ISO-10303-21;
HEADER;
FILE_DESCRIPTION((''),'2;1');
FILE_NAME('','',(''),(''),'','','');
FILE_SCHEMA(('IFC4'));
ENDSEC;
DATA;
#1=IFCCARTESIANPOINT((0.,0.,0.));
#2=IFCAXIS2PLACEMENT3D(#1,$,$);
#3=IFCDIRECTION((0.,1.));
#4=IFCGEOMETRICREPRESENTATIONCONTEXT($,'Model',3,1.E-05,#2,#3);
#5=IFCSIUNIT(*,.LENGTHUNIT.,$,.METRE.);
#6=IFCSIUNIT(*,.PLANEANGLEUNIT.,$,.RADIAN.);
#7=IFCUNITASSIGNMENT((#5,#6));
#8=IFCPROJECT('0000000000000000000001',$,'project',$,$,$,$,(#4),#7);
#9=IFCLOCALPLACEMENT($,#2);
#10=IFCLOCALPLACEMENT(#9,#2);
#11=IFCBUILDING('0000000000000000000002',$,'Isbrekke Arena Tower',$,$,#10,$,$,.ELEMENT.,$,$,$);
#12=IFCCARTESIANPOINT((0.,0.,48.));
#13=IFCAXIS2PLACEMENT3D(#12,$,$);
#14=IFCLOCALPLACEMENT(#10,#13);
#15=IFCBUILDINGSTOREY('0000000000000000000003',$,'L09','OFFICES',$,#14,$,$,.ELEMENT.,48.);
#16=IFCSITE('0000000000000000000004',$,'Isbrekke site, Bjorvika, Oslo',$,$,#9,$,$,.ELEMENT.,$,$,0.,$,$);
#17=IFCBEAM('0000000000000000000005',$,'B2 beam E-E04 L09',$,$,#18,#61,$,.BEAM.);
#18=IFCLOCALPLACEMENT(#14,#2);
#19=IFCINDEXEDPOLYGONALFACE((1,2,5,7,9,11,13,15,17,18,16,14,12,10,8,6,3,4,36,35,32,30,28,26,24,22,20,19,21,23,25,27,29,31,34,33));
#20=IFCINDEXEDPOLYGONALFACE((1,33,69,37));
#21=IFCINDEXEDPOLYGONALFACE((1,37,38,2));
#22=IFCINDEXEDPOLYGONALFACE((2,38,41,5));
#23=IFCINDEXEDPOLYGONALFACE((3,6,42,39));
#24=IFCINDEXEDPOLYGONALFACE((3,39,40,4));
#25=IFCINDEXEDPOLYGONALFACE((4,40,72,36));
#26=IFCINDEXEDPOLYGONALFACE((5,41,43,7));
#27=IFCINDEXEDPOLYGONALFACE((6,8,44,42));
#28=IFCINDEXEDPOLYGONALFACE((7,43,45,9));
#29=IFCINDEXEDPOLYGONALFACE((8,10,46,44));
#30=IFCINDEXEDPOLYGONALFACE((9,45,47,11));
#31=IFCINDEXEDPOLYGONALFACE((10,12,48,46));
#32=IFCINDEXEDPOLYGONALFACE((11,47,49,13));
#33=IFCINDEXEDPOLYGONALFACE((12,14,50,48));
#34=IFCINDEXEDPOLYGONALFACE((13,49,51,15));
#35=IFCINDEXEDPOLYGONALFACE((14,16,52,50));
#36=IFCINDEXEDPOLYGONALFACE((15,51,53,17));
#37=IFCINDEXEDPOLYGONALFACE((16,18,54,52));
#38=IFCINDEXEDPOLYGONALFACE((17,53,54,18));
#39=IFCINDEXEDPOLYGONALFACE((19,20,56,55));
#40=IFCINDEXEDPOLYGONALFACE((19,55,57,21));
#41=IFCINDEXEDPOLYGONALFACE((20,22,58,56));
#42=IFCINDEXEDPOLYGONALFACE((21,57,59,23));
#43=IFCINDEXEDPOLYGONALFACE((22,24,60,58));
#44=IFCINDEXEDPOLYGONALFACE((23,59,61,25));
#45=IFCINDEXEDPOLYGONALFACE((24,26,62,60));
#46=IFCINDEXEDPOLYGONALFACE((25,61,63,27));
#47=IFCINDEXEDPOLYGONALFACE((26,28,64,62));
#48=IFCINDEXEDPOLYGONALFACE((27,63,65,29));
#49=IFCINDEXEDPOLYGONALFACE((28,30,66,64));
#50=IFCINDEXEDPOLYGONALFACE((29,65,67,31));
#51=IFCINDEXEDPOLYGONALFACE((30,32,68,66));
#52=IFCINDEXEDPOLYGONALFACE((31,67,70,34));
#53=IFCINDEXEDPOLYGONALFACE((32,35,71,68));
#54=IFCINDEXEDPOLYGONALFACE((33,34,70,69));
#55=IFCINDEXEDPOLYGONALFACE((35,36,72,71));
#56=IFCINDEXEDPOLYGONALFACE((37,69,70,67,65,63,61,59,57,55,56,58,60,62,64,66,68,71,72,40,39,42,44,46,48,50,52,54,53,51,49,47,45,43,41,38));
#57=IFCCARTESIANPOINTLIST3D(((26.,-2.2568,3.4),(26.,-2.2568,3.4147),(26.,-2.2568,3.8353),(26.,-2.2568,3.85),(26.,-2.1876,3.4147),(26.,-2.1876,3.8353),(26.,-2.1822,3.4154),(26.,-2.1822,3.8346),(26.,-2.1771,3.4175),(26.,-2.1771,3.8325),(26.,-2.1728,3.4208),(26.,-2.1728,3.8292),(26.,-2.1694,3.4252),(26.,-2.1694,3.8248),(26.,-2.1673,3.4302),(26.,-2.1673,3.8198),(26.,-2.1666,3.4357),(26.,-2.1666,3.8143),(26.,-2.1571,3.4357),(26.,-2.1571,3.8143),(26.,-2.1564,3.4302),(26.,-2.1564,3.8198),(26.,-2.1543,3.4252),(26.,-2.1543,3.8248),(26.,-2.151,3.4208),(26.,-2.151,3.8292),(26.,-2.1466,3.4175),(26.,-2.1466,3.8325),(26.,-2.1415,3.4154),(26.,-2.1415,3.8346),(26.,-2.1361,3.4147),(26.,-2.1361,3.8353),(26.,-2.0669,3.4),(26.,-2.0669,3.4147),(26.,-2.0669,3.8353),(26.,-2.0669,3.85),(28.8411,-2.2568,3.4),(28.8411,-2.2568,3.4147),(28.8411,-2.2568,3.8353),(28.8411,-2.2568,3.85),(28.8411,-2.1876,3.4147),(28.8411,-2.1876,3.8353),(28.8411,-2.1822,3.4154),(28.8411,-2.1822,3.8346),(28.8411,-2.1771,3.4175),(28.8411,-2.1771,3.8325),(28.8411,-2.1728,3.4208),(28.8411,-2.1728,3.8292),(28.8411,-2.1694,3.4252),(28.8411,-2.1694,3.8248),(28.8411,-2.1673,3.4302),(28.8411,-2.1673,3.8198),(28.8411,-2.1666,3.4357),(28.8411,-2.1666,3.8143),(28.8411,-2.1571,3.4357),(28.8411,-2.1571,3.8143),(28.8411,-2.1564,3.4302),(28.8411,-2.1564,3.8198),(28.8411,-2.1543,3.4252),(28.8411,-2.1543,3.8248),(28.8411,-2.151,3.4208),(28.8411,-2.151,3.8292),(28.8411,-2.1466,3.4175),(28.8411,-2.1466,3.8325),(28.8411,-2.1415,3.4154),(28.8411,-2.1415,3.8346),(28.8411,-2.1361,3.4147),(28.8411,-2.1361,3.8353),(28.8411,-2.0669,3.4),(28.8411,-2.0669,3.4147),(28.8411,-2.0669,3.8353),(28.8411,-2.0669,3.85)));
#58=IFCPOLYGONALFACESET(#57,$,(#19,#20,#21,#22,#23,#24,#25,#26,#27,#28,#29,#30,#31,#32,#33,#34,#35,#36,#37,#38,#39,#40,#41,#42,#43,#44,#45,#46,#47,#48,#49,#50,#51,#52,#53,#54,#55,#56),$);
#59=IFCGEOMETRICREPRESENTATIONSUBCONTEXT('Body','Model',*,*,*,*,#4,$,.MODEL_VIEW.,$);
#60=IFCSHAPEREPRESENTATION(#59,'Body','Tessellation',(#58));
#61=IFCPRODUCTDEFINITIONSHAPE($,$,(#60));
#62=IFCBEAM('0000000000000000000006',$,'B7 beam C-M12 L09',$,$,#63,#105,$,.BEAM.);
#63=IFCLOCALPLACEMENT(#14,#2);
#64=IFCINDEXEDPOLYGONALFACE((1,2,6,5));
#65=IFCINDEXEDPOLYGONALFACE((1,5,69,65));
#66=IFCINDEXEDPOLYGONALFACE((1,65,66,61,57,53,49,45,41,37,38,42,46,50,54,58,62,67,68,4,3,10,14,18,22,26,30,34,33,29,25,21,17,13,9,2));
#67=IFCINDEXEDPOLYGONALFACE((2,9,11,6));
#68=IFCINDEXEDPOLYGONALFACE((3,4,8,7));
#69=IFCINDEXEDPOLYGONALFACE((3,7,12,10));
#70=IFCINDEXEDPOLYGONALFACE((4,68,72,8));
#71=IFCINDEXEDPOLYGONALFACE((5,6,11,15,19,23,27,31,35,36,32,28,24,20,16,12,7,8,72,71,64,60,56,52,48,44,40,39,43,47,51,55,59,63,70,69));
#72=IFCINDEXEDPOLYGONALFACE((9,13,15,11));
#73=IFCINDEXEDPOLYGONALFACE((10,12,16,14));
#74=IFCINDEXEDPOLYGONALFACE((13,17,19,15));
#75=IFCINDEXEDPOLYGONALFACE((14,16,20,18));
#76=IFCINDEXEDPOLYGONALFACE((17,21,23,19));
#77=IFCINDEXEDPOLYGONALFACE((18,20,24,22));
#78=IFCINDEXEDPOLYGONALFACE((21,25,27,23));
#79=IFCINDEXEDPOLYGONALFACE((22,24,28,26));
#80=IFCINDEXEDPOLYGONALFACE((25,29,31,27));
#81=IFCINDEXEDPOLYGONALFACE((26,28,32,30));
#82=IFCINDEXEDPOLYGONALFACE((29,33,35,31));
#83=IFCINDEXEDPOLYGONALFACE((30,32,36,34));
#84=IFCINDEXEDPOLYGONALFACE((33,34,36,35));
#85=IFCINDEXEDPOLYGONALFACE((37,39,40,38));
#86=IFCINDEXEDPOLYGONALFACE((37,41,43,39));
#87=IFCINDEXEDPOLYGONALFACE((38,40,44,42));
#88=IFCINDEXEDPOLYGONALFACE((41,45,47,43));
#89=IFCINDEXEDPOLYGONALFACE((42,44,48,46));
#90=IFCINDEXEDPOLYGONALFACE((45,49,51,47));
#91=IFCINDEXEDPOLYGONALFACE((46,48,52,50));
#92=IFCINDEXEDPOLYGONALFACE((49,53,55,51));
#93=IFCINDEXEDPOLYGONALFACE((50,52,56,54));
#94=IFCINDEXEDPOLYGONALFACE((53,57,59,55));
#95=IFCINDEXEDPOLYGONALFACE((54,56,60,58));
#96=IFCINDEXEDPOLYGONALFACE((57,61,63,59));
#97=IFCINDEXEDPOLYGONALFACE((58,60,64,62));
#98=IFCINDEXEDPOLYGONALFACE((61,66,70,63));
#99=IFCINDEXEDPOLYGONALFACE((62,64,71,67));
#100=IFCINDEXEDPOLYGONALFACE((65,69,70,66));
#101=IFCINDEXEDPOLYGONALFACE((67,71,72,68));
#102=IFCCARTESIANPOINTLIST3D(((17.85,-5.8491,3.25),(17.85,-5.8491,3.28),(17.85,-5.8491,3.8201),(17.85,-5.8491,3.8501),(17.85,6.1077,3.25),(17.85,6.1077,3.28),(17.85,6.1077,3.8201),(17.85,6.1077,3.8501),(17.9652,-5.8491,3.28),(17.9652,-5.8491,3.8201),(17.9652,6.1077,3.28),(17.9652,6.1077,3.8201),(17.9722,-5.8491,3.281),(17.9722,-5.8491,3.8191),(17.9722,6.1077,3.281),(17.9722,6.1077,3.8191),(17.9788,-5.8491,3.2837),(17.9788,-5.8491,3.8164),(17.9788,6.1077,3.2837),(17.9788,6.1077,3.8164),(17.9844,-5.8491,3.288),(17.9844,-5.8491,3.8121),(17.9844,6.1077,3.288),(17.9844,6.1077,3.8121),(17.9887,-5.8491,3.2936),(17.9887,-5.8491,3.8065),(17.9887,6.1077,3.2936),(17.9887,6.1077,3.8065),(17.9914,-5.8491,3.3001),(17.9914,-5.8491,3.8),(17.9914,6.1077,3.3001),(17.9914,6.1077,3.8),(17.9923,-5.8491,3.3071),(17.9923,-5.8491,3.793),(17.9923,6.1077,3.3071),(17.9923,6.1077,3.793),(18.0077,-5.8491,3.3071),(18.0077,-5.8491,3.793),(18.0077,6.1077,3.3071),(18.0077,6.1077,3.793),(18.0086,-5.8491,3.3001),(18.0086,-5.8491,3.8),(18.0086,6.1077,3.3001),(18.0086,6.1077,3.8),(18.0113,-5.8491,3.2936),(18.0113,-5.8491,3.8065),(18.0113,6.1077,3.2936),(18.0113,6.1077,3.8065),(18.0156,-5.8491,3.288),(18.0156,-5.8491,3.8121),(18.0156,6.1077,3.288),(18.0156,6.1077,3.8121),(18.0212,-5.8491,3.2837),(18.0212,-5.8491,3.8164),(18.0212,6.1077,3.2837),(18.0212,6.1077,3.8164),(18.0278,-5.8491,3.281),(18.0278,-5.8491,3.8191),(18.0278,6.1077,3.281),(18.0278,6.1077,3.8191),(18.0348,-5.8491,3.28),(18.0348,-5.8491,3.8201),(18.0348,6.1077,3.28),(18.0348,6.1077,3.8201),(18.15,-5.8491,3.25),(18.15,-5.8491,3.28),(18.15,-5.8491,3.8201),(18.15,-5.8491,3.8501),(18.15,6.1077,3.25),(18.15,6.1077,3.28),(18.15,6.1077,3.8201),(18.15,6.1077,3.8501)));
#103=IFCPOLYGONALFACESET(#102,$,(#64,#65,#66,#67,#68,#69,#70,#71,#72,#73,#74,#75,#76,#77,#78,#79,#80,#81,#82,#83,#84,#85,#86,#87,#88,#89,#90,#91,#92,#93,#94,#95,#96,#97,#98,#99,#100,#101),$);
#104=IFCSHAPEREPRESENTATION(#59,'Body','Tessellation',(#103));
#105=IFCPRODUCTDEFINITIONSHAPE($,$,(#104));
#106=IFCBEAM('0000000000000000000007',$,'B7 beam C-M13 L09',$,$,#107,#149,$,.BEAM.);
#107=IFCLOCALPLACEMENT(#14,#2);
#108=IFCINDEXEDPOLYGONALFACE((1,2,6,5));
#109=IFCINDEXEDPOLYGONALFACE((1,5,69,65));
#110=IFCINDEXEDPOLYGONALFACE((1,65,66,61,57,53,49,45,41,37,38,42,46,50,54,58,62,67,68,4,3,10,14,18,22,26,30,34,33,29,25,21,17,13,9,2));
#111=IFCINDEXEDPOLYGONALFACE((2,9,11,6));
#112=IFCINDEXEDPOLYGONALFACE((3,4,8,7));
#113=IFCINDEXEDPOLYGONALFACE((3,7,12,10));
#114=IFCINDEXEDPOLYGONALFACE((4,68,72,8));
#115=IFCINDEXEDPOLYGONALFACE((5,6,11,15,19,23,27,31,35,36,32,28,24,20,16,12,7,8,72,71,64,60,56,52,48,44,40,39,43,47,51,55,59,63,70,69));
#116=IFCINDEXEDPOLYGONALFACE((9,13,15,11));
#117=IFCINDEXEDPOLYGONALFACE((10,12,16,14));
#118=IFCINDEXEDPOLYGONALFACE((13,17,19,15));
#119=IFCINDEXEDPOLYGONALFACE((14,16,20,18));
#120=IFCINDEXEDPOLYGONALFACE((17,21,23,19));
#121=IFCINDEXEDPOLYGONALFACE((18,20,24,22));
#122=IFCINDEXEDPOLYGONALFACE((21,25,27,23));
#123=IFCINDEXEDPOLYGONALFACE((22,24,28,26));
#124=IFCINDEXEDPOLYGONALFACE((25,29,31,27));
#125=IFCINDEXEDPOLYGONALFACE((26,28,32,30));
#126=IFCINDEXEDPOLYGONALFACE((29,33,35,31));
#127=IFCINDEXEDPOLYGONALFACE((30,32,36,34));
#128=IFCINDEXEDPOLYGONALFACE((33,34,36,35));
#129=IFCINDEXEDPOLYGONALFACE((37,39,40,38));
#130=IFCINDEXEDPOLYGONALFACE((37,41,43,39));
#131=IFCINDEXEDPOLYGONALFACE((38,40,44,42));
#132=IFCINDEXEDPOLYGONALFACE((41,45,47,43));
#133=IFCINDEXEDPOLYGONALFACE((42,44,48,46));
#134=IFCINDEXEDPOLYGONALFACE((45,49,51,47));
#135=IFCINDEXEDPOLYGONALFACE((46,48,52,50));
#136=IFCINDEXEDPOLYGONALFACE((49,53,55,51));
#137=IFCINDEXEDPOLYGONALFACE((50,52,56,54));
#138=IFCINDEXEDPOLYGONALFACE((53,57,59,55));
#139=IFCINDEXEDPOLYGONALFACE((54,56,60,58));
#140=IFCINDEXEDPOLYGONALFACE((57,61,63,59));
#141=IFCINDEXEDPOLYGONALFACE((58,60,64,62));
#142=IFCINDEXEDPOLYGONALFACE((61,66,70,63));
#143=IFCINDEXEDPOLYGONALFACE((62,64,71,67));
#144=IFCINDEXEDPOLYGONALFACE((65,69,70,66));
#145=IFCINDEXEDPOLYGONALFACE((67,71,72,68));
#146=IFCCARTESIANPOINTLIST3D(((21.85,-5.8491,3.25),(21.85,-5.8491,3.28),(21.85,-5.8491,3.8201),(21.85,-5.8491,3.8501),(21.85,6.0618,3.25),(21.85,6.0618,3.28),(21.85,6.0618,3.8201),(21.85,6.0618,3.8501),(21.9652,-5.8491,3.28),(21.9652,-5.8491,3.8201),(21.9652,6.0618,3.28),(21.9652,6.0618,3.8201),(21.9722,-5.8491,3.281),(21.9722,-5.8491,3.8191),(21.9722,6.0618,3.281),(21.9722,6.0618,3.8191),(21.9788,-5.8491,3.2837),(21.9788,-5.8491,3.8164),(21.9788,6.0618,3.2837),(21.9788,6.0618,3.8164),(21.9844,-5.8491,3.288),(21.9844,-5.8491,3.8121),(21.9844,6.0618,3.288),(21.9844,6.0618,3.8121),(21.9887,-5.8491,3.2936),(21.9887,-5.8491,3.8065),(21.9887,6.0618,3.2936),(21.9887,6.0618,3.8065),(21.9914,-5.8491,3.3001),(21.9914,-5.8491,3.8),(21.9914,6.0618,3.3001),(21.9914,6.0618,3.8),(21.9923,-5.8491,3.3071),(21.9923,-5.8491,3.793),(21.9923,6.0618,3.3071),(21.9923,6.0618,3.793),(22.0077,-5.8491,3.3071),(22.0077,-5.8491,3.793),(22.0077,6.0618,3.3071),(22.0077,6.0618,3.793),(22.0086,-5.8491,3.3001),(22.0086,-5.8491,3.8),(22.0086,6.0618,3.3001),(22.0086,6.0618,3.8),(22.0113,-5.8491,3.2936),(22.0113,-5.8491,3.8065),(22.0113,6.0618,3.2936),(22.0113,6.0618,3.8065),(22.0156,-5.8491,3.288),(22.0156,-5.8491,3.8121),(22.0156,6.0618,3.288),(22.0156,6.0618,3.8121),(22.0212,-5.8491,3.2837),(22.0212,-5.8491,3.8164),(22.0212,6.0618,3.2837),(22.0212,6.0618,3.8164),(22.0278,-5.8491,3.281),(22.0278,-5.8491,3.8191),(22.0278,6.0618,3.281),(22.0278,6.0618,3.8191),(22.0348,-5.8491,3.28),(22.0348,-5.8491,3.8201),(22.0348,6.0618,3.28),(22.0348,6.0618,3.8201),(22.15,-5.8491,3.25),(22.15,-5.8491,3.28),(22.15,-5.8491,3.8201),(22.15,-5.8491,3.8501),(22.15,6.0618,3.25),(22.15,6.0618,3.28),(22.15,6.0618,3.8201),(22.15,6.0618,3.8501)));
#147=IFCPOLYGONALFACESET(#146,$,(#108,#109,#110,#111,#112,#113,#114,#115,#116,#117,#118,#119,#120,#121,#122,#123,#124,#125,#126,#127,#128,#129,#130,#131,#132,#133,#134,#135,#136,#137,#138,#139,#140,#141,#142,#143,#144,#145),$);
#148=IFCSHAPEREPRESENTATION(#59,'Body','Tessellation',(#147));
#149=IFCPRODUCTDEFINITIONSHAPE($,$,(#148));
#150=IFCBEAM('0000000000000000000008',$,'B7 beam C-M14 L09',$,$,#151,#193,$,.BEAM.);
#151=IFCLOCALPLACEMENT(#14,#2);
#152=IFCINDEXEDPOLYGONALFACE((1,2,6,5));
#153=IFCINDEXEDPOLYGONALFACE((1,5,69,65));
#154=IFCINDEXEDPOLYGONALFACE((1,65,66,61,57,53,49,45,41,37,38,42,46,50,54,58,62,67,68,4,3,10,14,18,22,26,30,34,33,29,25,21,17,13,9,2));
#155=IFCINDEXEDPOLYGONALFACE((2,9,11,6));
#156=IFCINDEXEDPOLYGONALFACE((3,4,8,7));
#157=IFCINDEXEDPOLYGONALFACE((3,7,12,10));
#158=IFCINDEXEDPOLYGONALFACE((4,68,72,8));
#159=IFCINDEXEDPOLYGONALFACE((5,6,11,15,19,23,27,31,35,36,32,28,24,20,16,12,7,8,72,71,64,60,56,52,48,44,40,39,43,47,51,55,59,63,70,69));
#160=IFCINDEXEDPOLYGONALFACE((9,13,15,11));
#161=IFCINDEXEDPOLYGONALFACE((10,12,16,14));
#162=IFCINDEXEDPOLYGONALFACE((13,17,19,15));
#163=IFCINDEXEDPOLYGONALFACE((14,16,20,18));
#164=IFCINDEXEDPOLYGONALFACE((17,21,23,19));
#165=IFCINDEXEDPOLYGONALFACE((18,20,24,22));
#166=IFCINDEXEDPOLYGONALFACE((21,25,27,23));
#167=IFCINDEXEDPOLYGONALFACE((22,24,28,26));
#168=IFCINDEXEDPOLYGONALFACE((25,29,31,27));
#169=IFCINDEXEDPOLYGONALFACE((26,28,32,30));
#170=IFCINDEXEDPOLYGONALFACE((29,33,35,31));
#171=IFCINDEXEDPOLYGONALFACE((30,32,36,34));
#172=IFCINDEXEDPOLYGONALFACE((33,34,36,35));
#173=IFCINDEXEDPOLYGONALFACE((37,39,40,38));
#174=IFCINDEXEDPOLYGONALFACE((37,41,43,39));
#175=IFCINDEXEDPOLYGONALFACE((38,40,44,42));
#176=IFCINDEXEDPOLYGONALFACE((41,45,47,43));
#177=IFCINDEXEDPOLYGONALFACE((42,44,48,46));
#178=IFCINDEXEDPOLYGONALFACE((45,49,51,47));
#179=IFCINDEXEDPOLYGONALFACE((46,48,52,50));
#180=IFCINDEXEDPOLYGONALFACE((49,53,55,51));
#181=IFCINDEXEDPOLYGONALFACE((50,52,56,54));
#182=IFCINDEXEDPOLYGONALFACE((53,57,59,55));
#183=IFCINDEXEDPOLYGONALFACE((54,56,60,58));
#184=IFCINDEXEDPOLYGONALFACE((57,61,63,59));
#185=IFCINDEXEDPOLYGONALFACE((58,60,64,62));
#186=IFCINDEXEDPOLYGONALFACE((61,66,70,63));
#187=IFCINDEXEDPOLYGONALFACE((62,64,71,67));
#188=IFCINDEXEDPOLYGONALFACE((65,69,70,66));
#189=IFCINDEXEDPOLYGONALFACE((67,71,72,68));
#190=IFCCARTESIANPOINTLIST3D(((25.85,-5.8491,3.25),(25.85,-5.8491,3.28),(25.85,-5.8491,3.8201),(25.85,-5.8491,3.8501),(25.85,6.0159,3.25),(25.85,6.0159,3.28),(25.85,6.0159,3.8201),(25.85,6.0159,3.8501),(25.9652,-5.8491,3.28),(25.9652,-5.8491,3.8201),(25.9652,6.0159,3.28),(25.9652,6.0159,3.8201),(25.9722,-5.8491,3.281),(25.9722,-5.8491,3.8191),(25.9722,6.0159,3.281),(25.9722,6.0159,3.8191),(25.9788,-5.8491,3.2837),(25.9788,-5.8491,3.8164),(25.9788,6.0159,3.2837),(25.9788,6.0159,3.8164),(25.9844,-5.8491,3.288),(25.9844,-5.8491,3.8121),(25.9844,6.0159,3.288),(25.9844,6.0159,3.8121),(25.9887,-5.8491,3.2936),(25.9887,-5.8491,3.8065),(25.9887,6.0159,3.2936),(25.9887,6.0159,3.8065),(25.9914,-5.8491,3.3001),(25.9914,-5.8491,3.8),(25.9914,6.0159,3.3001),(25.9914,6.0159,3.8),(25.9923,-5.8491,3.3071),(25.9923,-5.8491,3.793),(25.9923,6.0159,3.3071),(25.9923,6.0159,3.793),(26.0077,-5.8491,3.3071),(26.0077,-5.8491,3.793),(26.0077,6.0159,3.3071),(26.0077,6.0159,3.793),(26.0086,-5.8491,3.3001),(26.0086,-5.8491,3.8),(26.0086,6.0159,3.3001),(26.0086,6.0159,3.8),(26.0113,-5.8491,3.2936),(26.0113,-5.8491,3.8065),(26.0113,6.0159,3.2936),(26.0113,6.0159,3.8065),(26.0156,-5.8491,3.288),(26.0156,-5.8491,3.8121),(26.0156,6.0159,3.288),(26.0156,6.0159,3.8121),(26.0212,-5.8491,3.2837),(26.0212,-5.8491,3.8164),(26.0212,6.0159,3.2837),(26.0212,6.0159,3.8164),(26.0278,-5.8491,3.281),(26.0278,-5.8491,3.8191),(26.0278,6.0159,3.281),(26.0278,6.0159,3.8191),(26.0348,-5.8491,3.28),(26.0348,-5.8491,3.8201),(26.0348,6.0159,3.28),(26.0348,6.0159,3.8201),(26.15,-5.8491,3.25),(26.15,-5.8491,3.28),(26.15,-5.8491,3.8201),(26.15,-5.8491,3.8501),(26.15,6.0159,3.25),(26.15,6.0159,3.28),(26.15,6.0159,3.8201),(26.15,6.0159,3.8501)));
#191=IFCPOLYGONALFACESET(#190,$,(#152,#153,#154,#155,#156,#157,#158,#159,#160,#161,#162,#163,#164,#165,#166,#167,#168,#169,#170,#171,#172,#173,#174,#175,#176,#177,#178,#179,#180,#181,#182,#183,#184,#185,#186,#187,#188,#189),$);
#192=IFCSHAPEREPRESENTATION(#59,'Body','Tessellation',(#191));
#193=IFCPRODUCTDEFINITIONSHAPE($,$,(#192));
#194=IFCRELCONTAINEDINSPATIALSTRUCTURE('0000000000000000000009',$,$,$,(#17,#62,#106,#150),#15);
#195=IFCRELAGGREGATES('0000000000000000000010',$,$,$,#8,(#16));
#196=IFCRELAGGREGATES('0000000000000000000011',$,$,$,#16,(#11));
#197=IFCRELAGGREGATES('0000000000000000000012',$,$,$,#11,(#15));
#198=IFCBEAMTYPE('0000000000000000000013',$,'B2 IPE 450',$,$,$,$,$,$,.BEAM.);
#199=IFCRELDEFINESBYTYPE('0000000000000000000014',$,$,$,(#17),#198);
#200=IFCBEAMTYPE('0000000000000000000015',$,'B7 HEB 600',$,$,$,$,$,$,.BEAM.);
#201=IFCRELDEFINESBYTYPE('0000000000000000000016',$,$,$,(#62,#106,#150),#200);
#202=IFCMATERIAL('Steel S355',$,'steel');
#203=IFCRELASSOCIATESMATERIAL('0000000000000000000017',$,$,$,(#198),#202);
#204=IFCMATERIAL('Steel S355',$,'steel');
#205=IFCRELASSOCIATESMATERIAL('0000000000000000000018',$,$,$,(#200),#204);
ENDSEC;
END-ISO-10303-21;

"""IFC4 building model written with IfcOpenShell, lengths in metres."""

from ifc_helpers import new_model, si_unit, direction, frame, origin, origin_2d, place, context, subcontext, project, spatial, i_section, extrude, material, material_profile, profile_set, type_object, element, save


model = new_model("IFC4")

# Units and contexts
model_context = context("Model", 3, precision=1e-05, world=origin(), true_north=direction((0.0, 1.0)))
body_context = subcontext(model_context, "Body", "Model", "MODEL_VIEW")
ifc_project = project(units=[si_unit("LENGTHUNIT", "METRE"), si_unit("PLANEANGLEUNIT", "RADIAN")], contexts=[model_context])

# Site, building, storey
site_placement = place(None, origin())
site = spatial("IfcSite", under=ifc_project, at=site_placement, Name="Isbrekke site, Bjorvika, Oslo", CompositionType="ELEMENT", RefElevation=0.0)
building_placement = place(site_placement, origin())
building = spatial("IfcBuilding", under=site, at=building_placement, Name="Isbrekke Arena Tower", CompositionType="ELEMENT")
storey_placement = place(building_placement, frame((0.0, 0.0, 48.0)))
storey = spatial("IfcBuildingStorey", under=building, at=storey_placement, Name="L09", Description="OFFICES", CompositionType="ELEMENT", Elevation=48.0)

# Beams
ifc_material_1 = material(Name="Steel S355", Category="steel")
ifc_material_profile_1 = material_profile(ifc_material_1, i_section(OverallWidth=0.1899, OverallDepth=0.45, WebThickness=0.0095, FlangeThickness=0.0146, FilletRadius=0.021, at=origin_2d()), Name="IPE 450")
ifc_profile_set_1 = profile_set([ifc_material_profile_1], Name="Steel S355")
beam_type_1 = type_object("IfcBeamType", Name="B2 IPE 450", PredefinedType="BEAM", material=ifc_profile_set_1)
beam_1_placement = place(storey_placement, frame((28.8411, -2.1619, 3.625), z_axis=(-1.0, 0.0, 0.0), x_axis=(0.0, -1.0, 0.0)))
element("IfcBeam", 1, at=beam_1_placement, inside=storey, type_object=beam_type_1, Name="B2 beam E-E04 L09", PredefinedType="BEAM", context=body_context, shape_type="SweptSolid", body=[
    extrude(i_section(OverallWidth=0.1899, OverallDepth=0.45, WebThickness=0.0095, FlangeThickness=0.0146, FilletRadius=0.021, at=origin_2d()), origin(), (0.0, 0.0, 1.0), 2.8411),
])
ifc_material_2 = material(Name="Steel S355", Category="steel")
ifc_material_profile_2 = material_profile(ifc_material_2, i_section(OverallWidth=0.3, OverallDepth=0.6001, WebThickness=0.0154, FlangeThickness=0.03, FilletRadius=0.0271, at=origin_2d()), Name="HEB 600")
ifc_profile_set_2 = profile_set([ifc_material_profile_2], Name="Steel S355")
beam_type_2 = type_object("IfcBeamType", Name="B7 HEB 600", PredefinedType="BEAM", material=ifc_profile_set_2)
beam_2_placement = place(storey_placement, frame((18.0, -5.8491, 3.55), z_axis=(0.0, 1.0, 0.0), x_axis=(-1.0, 0.0, 0.0)))
element("IfcBeam", 2, at=beam_2_placement, inside=storey, type_object=beam_type_2, Name="B7 beam C-M12 L09", PredefinedType="BEAM", context=body_context, shape_type="SweptSolid", body=[
    extrude(i_section(OverallWidth=0.3, OverallDepth=0.6001, WebThickness=0.0154, FlangeThickness=0.03, FilletRadius=0.0271, at=origin_2d()), origin(), (0.0, 0.0, 1.0), 11.9568),
])
beam_3_placement = place(storey_placement, frame((22.0, -5.8491, 3.55), z_axis=(0.0, 1.0, 0.0), x_axis=(-1.0, 0.0, 0.0)))
element("IfcBeam", 3, at=beam_3_placement, inside=storey, type_object=beam_type_2, Name="B7 beam C-M13 L09", PredefinedType="BEAM", context=body_context, shape_type="SweptSolid", body=[
    extrude(i_section(OverallWidth=0.3, OverallDepth=0.6001, WebThickness=0.0154, FlangeThickness=0.03, FilletRadius=0.0271, at=origin_2d()), origin(), (0.0, 0.0, 1.0), 11.9109),
])
beam_4_placement = place(storey_placement, frame((26.0, -5.8491, 3.55), z_axis=(0.0, 1.0, 0.0), x_axis=(-1.0, 0.0, 0.0)))
element("IfcBeam", 4, at=beam_4_placement, inside=storey, type_object=beam_type_2, Name="B7 beam C-M14 L09", PredefinedType="BEAM", context=body_context, shape_type="SweptSolid", body=[
    extrude(i_section(OverallWidth=0.3, OverallDepth=0.6001, WebThickness=0.0154, FlangeThickness=0.03, FilletRadius=0.0271, at=origin_2d()), origin(), (0.0, 0.0, 1.0), 11.865),
])

save(model, "model.ifc")
